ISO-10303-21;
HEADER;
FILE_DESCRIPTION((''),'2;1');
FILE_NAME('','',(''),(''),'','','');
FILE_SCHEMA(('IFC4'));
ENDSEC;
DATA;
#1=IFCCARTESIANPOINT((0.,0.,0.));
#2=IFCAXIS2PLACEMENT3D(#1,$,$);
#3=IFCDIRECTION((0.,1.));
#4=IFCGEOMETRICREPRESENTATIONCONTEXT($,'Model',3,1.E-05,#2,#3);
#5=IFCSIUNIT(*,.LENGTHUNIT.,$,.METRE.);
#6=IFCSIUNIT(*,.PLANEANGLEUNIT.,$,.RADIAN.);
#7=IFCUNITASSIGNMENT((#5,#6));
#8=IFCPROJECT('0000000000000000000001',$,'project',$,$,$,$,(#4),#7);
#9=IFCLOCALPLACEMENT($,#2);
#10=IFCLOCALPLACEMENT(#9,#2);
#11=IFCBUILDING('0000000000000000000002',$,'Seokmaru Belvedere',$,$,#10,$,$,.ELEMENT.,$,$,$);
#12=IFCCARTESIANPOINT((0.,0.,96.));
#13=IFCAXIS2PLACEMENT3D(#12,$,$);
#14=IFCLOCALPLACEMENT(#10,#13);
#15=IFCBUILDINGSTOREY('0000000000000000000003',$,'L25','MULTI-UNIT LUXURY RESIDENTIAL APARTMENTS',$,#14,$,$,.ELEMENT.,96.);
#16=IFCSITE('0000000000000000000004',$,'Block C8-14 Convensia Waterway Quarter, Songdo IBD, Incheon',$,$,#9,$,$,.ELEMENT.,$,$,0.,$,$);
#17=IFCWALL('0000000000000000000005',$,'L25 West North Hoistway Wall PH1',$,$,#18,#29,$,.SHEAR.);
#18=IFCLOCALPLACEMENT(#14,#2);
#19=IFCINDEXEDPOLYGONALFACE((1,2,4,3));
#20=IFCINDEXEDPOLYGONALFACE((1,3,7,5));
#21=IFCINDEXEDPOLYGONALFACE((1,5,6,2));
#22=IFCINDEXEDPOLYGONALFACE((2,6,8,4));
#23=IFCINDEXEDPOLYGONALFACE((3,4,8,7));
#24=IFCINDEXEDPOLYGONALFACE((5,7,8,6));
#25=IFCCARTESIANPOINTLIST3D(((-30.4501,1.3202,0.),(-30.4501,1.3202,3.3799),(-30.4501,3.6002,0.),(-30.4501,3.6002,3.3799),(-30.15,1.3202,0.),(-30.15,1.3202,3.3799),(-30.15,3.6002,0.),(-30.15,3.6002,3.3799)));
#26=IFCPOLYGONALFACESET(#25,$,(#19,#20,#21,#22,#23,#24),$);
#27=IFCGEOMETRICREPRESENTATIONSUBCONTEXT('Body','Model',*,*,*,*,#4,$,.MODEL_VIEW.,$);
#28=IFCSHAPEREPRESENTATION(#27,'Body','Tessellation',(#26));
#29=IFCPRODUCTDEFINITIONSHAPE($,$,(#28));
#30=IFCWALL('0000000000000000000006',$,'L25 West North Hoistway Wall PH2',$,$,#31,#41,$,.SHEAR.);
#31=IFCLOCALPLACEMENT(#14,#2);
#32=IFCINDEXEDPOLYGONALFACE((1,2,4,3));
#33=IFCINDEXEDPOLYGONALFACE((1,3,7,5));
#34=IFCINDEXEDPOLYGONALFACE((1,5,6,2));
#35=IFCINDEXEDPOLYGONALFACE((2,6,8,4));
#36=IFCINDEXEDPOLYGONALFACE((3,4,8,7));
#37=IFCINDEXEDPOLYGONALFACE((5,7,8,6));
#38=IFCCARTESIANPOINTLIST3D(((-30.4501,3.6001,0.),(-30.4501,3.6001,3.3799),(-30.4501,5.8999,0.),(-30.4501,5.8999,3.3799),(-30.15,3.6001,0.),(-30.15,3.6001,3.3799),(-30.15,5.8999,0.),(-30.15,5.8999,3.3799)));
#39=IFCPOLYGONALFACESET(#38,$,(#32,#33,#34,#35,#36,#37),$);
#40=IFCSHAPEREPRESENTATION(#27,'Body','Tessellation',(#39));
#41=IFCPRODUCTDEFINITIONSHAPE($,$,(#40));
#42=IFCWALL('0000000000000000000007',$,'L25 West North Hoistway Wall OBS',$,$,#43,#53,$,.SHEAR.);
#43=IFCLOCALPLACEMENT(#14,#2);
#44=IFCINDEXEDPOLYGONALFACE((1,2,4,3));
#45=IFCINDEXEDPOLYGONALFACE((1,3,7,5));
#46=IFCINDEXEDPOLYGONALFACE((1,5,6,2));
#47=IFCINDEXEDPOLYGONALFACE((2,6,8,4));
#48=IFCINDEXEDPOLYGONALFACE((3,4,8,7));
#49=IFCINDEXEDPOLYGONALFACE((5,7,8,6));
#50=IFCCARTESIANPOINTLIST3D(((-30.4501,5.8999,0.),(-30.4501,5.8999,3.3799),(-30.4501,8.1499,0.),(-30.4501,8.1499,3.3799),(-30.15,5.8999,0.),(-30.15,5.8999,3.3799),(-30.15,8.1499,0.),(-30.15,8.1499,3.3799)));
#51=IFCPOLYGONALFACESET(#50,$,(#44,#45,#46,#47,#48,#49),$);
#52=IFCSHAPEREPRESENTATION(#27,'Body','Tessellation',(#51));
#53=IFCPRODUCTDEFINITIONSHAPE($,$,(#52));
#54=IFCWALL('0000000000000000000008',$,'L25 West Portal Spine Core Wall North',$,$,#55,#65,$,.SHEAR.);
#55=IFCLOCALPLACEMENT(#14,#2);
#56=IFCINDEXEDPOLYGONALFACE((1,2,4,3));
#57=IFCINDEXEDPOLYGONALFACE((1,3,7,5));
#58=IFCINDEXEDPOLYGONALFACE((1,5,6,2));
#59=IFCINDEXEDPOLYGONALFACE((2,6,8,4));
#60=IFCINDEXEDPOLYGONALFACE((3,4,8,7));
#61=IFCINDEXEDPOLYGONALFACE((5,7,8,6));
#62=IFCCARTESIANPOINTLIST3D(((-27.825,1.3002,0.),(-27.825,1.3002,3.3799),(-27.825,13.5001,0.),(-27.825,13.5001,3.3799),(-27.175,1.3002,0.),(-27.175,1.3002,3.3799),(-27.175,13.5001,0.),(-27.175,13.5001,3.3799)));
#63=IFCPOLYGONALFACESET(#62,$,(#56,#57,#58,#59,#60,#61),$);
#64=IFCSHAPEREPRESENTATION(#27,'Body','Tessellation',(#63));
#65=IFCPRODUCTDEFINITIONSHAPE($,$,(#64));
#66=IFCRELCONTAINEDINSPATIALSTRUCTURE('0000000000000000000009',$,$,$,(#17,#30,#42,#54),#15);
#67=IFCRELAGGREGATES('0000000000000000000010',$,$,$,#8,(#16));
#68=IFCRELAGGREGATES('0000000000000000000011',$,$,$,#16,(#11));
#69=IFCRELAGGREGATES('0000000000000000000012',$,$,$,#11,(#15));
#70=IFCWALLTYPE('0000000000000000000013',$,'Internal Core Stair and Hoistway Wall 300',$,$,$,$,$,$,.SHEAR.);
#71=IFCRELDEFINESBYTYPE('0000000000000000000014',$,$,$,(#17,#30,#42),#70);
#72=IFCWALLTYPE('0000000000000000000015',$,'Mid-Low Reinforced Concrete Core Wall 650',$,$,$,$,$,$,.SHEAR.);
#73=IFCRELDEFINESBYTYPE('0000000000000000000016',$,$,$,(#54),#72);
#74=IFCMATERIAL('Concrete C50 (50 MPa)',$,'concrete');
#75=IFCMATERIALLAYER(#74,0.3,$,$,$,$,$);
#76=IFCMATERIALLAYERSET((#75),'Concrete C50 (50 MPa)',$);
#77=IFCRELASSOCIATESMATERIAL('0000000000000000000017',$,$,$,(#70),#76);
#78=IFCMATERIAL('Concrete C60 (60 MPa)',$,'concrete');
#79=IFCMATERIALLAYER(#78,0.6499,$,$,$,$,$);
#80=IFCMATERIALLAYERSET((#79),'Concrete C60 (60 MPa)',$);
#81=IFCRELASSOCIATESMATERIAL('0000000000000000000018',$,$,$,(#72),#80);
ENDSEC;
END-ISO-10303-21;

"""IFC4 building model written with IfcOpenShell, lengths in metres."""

from ifc_helpers import new_model, si_unit, direction, frame, frame_2d, origin, place, context, subcontext, project, spatial, rectangle, extrude, material, layer, layer_set, type_object, element, save


model = new_model("IFC4")

# Units and contexts
model_context = context("Model", 3, precision=1e-05, world=origin(), true_north=direction((0.0, 1.0)))
body_context = subcontext(model_context, "Body", "Model", "MODEL_VIEW")
ifc_project = project(units=[si_unit("LENGTHUNIT", "METRE"), si_unit("PLANEANGLEUNIT", "RADIAN")], contexts=[model_context])

# Site, building, storey
site_placement = place(None, origin())
site = spatial("IfcSite", under=ifc_project, at=site_placement, Name="Block C8-14 Convensia Waterway Quarter, Songdo IBD, Incheon", CompositionType="ELEMENT", RefElevation=0.0)
building_placement = place(site_placement, origin())
building = spatial("IfcBuilding", under=site, at=building_placement, Name="Seokmaru Belvedere", CompositionType="ELEMENT")
storey_placement = place(building_placement, frame((0.0, 0.0, 96.0)))
storey = spatial("IfcBuildingStorey", under=building, at=storey_placement, Name="L25", Description="MULTI-UNIT LUXURY RESIDENTIAL APARTMENTS", CompositionType="ELEMENT", Elevation=96.0)

# Walls
ifc_material_1 = material(Name="Concrete C50 (50 MPa)", Category="concrete")
ifc_layer_1 = layer(ifc_material_1, 0.3)
ifc_layer_set_1 = layer_set([ifc_layer_1], Name="Concrete C50 (50 MPa)")
wall_type_1 = type_object("IfcWallType", Name="Internal Core Stair and Hoistway Wall 300", PredefinedType="SHEAR", material=ifc_layer_set_1)
wall_1_placement = place(storey_placement, frame((-30.3, 1.3201, 0.0), z_axis=(0.0, 0.0, 1.0), x_axis=(0.0, 1.0, 0.0)))
element("IfcWall", 1, at=wall_1_placement, inside=storey, type_object=wall_type_1, Name="L25 West North Hoistway Wall PH1", PredefinedType="SHEAR", context=body_context, shape_type="SweptSolid", body=[
    extrude(rectangle(XDim=2.28, YDim=0.3, at=frame_2d((1.1401, 0.0))), origin(), (0.0, 0.0, 1.0), 3.3799),
])
wall_2_placement = place(storey_placement, frame((-30.3, 3.6001, 0.0), z_axis=(0.0, 0.0, 1.0), x_axis=(0.0, 1.0, 0.0)))
element("IfcWall", 2, at=wall_2_placement, inside=storey, type_object=wall_type_1, Name="L25 West North Hoistway Wall PH2", PredefinedType="SHEAR", context=body_context, shape_type="SweptSolid", body=[
    extrude(rectangle(XDim=2.2998, YDim=0.3, at=frame_2d((1.1499, 0.0))), origin(), (0.0, 0.0, 1.0), 3.3799),
])
wall_3_placement = place(storey_placement, frame((-30.3, 5.8999, 0.0), z_axis=(0.0, 0.0, 1.0), x_axis=(0.0, 1.0, 0.0)))
element("IfcWall", 3, at=wall_3_placement, inside=storey, type_object=wall_type_1, Name="L25 West North Hoistway Wall OBS", PredefinedType="SHEAR", context=body_context, shape_type="SweptSolid", body=[
    extrude(rectangle(XDim=2.25, YDim=0.3, at=frame_2d((1.125, 0.0))), origin(), (0.0, 0.0, 1.0), 3.3799),
])
ifc_material_2 = material(Name="Concrete C60 (60 MPa)", Category="concrete")
ifc_layer_2 = layer(ifc_material_2, 0.6499)
ifc_layer_set_2 = layer_set([ifc_layer_2], Name="Concrete C60 (60 MPa)")
wall_type_2 = type_object("IfcWallType", Name="Mid-Low Reinforced Concrete Core Wall 650", PredefinedType="SHEAR", material=ifc_layer_set_2)
wall_4_placement = place(storey_placement, frame((-27.5, 1.3, 0.0), z_axis=(0.0, 0.0, 1.0), x_axis=(0.0, 1.0, 0.0)))
element("IfcWall", 4, at=wall_4_placement, inside=storey, type_object=wall_type_2, Name="L25 West Portal Spine Core Wall North", PredefinedType="SHEAR", context=body_context, shape_type="SweptSolid", body=[
    extrude(rectangle(XDim=12.2, YDim=0.6499, at=frame_2d((6.1001, 0.0))), origin(), (0.0, 0.0, 1.0), 3.3799),
])

save(model, "model.ifc")
